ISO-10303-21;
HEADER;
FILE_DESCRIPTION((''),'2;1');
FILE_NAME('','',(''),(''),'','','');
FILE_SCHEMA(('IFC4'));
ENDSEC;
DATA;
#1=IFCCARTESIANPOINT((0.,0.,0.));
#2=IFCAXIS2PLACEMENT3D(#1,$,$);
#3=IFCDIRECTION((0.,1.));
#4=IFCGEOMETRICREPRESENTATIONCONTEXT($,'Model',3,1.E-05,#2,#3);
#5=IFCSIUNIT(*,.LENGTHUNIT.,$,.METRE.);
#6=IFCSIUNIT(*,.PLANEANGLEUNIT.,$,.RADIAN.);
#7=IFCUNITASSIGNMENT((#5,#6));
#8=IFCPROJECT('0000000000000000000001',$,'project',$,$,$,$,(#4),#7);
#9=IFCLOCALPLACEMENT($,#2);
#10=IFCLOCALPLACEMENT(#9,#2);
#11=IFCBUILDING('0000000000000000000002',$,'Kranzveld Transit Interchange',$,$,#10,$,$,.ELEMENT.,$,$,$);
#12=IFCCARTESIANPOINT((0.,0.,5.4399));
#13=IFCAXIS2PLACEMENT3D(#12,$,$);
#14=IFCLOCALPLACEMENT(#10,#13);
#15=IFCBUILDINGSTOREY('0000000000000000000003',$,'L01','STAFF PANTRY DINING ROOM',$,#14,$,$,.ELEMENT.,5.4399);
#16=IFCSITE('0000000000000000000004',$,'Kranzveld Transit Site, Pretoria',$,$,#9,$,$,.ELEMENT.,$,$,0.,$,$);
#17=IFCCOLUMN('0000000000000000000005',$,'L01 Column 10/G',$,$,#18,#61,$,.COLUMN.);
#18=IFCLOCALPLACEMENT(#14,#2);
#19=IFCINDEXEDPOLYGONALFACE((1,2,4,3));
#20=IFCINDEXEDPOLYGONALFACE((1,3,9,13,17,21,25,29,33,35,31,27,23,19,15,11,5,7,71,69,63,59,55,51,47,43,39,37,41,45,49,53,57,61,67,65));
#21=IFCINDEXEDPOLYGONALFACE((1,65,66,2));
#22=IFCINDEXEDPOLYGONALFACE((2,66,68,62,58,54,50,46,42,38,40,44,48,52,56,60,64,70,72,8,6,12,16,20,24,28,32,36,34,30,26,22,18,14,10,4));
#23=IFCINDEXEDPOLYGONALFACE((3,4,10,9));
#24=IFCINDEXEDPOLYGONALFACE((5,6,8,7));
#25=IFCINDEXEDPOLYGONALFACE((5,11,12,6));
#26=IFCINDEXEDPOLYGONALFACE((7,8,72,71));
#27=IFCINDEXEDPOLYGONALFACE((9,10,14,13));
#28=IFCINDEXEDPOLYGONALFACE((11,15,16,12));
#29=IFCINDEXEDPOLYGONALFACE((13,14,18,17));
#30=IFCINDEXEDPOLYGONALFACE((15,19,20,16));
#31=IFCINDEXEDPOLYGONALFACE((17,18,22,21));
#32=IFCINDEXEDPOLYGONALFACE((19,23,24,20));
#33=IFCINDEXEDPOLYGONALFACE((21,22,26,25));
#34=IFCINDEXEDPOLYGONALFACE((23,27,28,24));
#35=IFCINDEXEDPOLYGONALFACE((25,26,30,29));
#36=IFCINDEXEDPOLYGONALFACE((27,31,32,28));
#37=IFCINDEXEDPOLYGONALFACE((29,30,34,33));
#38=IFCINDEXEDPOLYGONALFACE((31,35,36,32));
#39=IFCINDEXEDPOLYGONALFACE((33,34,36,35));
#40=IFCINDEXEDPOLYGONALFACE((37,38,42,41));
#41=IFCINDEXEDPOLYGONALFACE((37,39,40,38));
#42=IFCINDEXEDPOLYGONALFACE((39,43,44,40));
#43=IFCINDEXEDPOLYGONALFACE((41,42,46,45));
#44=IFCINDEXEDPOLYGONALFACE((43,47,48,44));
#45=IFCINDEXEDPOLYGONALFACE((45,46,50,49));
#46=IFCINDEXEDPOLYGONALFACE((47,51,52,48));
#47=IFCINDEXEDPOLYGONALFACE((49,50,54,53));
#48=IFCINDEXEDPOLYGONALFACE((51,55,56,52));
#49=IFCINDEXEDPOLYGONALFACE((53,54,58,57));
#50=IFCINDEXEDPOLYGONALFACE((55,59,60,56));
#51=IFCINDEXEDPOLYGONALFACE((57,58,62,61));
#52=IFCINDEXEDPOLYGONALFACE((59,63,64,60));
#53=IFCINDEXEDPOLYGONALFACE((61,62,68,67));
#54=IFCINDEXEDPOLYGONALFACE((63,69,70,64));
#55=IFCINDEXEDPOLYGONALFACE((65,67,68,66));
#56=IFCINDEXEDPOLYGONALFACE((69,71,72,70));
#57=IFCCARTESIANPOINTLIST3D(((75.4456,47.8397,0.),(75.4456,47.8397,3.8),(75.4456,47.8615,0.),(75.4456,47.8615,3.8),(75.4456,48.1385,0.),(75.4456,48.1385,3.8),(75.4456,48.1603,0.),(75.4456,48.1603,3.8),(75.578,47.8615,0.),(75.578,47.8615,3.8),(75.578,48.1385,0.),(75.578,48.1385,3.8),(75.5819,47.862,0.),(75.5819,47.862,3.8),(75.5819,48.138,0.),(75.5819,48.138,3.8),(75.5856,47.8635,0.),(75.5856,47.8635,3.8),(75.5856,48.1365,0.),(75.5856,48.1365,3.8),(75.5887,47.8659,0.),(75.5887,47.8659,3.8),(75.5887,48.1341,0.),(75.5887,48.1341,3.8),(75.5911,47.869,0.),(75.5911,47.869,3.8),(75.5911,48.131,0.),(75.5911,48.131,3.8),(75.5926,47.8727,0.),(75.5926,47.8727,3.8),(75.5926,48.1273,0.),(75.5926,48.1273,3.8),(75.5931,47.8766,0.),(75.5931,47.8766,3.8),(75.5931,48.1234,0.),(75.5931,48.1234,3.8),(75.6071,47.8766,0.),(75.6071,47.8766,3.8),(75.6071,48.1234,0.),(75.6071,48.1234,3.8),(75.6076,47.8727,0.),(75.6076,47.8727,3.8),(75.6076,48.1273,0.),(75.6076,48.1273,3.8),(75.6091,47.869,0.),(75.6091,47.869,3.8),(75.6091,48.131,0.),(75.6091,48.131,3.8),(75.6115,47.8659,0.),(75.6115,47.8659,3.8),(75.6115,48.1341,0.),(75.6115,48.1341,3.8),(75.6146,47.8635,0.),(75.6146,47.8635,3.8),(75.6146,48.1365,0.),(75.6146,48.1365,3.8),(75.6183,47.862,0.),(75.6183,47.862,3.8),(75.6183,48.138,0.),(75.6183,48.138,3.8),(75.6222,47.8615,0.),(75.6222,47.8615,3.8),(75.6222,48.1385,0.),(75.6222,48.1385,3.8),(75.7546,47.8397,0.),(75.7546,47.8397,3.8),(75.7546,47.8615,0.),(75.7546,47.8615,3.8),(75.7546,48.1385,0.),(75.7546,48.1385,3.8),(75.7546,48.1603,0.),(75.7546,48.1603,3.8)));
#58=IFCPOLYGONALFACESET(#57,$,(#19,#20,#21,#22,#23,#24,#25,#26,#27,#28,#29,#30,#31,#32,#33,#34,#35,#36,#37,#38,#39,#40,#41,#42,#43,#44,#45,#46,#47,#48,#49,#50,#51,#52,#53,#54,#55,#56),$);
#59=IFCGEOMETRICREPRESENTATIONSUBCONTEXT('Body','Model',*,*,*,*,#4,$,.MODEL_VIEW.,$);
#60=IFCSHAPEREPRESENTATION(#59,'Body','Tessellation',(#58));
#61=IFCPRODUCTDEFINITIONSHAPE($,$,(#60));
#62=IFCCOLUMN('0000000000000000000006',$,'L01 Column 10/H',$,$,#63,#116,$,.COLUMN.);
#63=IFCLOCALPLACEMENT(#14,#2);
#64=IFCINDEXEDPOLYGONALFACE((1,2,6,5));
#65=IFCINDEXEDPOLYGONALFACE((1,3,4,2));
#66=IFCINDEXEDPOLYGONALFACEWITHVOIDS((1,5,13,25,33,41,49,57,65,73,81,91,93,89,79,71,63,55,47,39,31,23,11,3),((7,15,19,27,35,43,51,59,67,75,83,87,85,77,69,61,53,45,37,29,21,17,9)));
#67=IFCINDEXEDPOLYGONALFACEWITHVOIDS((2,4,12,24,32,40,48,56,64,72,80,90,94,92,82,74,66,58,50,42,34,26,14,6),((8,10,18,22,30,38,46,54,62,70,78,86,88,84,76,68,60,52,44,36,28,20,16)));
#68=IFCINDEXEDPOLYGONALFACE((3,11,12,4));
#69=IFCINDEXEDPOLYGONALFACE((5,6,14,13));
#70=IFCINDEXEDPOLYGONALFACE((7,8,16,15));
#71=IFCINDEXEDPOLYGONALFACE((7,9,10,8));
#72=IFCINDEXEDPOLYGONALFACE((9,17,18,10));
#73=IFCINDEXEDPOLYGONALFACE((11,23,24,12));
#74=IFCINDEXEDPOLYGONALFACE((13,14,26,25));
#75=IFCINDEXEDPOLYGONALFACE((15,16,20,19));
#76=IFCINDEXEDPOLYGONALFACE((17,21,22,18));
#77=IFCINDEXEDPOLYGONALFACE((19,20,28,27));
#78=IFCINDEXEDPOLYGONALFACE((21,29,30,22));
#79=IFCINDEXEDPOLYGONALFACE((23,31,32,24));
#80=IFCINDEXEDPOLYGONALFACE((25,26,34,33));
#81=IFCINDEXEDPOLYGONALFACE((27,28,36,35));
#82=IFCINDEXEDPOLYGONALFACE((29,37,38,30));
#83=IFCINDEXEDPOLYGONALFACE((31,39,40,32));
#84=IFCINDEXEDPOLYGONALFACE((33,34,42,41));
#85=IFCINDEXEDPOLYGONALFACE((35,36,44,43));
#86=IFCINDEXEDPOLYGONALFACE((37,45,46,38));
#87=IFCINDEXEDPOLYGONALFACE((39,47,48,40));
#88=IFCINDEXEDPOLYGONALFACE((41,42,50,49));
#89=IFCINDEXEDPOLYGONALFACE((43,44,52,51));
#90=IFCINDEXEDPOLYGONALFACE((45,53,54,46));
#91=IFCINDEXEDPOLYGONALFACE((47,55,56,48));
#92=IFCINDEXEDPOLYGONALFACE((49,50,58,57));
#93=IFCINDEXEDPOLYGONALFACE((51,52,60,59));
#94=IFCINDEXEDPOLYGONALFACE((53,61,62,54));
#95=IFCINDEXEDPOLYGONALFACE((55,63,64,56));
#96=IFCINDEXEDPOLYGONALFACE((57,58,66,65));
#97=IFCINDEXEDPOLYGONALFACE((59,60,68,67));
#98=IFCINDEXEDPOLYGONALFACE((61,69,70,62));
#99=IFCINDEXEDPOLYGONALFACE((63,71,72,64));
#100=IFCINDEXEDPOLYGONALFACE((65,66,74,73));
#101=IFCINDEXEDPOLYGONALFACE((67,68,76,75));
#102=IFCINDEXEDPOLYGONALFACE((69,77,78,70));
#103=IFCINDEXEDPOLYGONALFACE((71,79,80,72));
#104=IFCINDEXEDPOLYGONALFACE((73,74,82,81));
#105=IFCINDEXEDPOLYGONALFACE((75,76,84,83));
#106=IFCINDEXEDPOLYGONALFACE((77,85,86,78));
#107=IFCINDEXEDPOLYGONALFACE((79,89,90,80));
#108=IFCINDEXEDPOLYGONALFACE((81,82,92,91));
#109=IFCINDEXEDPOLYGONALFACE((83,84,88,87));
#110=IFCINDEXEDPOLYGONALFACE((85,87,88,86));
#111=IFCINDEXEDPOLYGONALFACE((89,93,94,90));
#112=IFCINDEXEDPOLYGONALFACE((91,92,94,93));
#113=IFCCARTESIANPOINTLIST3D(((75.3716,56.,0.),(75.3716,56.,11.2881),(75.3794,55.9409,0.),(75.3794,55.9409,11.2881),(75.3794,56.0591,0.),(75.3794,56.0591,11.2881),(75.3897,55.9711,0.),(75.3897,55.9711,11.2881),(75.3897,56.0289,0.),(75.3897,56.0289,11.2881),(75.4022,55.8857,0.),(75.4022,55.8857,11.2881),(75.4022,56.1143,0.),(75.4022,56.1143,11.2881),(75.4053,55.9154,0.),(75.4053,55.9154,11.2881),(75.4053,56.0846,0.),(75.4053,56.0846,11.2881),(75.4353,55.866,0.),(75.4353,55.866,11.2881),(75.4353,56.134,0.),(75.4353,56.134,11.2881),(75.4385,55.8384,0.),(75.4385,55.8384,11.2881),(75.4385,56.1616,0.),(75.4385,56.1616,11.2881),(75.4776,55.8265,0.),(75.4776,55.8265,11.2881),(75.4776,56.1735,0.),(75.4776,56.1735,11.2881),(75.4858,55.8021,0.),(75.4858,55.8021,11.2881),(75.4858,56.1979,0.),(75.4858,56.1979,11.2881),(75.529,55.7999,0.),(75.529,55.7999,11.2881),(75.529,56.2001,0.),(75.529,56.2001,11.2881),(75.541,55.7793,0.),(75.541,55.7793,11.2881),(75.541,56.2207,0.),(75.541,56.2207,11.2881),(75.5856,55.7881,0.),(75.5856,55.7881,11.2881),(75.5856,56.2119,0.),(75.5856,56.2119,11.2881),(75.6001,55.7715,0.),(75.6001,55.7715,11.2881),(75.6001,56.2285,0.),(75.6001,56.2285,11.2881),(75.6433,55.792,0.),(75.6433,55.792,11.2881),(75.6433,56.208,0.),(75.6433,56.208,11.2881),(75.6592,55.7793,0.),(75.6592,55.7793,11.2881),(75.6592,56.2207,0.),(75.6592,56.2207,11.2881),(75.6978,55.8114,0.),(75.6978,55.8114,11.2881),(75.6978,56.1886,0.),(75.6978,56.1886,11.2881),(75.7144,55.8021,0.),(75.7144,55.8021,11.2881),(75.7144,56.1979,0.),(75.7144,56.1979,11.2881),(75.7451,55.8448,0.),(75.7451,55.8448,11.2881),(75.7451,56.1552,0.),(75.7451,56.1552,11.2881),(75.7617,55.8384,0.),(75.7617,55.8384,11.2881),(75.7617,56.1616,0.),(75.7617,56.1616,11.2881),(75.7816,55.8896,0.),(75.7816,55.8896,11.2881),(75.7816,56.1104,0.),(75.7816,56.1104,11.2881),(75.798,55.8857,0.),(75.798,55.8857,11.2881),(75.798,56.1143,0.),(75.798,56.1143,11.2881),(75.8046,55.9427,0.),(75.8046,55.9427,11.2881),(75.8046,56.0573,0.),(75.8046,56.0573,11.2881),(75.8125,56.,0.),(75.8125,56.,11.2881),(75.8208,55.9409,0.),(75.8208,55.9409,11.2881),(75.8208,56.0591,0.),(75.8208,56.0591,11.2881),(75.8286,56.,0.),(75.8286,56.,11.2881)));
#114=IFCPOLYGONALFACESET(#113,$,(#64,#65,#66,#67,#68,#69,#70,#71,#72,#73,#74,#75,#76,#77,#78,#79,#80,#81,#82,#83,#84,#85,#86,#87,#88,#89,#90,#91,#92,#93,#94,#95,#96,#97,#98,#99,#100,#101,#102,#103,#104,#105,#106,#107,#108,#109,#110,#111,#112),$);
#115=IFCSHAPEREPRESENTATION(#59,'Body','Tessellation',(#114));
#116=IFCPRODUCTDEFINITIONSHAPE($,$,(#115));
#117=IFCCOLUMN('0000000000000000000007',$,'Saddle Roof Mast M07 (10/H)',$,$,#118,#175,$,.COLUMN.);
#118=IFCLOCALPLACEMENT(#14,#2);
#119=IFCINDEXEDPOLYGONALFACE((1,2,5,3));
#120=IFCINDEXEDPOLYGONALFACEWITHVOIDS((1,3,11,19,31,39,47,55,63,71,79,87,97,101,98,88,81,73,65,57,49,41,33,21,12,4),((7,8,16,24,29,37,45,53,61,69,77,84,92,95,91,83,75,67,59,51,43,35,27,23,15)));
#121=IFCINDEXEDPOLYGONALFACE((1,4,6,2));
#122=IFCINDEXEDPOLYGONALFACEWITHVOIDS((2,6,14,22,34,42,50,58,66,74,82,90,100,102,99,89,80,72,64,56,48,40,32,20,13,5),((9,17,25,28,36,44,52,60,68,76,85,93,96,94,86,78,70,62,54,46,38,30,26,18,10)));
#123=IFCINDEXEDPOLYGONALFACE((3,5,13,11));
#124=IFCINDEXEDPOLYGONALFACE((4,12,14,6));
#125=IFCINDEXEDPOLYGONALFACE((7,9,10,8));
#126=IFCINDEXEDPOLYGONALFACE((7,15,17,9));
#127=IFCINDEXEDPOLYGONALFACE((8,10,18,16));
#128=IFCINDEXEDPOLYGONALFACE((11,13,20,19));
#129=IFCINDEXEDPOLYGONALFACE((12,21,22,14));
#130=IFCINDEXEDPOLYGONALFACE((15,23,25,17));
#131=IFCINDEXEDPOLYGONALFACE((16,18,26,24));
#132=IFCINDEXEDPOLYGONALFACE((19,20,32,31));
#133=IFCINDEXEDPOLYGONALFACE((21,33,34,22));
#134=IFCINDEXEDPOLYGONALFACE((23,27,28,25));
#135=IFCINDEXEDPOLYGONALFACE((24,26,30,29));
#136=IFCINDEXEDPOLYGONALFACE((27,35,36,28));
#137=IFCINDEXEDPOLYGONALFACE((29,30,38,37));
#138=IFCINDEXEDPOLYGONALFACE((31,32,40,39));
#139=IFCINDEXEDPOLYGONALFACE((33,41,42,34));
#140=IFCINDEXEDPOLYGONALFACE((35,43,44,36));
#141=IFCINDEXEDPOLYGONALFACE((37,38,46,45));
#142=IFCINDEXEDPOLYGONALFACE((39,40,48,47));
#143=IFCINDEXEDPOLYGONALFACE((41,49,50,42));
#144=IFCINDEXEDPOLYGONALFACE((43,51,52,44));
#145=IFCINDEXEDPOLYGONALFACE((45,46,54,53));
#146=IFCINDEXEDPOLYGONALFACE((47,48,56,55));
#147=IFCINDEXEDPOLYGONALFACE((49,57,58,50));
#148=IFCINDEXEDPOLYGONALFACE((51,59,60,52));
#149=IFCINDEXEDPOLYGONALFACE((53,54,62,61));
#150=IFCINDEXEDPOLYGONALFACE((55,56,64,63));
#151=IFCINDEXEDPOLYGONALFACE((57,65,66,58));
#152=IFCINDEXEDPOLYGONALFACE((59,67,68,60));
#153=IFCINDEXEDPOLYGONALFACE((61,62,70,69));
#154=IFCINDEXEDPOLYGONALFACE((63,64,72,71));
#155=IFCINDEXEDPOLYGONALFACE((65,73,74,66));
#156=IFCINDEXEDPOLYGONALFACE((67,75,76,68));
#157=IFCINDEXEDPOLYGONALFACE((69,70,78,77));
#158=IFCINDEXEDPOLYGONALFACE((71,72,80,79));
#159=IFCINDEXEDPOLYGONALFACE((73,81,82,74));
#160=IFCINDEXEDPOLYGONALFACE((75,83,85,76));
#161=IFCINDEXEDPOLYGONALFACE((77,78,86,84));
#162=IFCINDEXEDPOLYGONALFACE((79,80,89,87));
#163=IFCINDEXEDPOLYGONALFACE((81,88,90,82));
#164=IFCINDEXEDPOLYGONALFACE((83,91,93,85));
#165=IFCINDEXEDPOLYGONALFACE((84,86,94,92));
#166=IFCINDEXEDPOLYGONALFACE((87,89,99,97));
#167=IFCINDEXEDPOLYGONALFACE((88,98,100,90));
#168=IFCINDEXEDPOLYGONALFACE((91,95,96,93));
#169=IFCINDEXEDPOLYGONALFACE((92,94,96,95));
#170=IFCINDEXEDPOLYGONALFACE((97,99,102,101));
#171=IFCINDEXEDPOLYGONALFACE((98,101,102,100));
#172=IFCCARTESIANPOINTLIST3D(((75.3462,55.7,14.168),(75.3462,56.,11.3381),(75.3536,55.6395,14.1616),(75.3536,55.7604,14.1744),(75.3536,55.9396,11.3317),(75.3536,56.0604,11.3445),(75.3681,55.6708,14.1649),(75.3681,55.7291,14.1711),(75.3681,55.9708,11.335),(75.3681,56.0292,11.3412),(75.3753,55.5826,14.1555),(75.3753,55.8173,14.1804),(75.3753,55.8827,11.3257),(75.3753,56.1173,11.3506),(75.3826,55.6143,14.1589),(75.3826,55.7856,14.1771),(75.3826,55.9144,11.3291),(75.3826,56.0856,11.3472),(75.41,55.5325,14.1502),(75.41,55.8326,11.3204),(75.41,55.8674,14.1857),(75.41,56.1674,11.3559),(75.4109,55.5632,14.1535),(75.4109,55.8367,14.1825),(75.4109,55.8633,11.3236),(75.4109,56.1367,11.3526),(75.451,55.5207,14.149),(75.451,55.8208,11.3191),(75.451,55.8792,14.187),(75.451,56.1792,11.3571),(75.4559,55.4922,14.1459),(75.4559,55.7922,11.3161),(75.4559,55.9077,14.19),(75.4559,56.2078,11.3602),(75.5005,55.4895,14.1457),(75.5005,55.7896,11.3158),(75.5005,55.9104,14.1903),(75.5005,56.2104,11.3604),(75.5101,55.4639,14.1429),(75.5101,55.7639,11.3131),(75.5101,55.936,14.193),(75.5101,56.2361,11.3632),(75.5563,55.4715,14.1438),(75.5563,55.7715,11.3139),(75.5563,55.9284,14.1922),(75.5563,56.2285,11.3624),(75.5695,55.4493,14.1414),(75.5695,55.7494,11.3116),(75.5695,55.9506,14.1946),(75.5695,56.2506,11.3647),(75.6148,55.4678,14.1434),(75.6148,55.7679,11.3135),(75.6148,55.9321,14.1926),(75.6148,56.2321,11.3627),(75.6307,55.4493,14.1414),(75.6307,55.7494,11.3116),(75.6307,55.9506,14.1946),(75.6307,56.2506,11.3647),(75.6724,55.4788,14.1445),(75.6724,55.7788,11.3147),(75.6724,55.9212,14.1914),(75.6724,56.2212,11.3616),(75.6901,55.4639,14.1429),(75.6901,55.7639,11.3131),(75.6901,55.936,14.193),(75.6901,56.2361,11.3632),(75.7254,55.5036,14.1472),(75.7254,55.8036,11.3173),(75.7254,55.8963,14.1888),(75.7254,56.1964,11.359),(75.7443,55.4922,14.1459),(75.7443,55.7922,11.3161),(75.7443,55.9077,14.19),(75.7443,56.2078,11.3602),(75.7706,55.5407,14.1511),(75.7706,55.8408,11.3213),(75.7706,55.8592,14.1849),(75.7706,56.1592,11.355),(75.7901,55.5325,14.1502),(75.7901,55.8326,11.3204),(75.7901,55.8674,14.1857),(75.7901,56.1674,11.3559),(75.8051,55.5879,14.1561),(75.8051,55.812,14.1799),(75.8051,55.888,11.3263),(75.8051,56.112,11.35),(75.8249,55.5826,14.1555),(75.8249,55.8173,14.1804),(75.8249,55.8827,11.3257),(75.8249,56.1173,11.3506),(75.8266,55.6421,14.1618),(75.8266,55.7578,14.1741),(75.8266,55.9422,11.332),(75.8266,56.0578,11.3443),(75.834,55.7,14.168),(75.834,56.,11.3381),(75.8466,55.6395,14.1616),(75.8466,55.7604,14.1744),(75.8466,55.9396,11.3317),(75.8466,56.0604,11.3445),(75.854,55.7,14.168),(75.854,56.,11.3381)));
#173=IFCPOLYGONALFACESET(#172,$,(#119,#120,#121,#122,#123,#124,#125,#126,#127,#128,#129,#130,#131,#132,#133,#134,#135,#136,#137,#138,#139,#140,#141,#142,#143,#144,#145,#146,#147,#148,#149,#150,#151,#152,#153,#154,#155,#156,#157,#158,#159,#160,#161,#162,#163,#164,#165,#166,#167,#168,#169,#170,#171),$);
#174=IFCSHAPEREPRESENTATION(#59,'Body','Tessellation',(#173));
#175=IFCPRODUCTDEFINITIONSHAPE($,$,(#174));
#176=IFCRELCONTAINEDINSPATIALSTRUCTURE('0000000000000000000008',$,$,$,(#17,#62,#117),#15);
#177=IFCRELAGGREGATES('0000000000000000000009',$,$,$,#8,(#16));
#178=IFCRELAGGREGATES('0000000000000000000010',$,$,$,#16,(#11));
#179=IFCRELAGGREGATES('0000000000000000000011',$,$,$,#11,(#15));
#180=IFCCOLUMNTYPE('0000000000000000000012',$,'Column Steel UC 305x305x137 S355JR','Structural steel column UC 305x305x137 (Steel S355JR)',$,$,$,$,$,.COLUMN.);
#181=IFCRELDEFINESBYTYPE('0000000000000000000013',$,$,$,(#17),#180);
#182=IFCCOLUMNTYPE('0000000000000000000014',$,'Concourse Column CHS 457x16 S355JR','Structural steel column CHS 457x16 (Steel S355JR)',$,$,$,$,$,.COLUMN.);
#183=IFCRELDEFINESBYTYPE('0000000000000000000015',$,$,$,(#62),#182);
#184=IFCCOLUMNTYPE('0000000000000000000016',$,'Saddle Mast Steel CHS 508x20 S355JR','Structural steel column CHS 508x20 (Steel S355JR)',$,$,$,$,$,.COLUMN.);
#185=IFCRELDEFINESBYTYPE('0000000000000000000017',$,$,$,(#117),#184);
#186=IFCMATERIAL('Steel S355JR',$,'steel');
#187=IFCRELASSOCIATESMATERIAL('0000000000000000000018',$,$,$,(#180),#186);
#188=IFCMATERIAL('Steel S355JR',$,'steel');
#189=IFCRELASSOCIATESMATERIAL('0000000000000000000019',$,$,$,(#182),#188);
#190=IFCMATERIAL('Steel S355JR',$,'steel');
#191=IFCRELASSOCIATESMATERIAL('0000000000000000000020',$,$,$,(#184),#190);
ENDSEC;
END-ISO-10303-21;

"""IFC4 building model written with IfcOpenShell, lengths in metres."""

from ifc_helpers import new_model, si_unit, direction, frame, origin, origin_2d, place, context, subcontext, project, spatial, hollow_circle, i_section, extrude, material, material_profile, profile_set, type_object, element, save


model = new_model("IFC4")

# Units and contexts
model_context = context("Model", 3, precision=1e-05, world=origin(), true_north=direction((0.0, 1.0)))
body_context = subcontext(model_context, "Body", "Model", "MODEL_VIEW")
ifc_project = project(units=[si_unit("LENGTHUNIT", "METRE"), si_unit("PLANEANGLEUNIT", "RADIAN")], contexts=[model_context])

# Site, building, storey
site_placement = place(None, origin())
site = spatial("IfcSite", under=ifc_project, at=site_placement, Name="Kranzveld Transit Site, Pretoria", CompositionType="ELEMENT", RefElevation=0.0)
building_placement = place(site_placement, origin())
building = spatial("IfcBuilding", under=site, at=building_placement, Name="Kranzveld Transit Interchange", CompositionType="ELEMENT")
storey_placement = place(building_placement, frame((0.0, 0.0, 5.4399)))
storey = spatial("IfcBuildingStorey", under=building, at=storey_placement, Name="L01", Description="STAFF PANTRY DINING ROOM", CompositionType="ELEMENT", Elevation=5.4399)

# Columns
ifc_material_1 = material(Name="Steel S355JR", Category="steel")
ifc_material_profile_1 = material_profile(ifc_material_1, i_section(OverallWidth=0.3091, OverallDepth=0.3206, WebThickness=0.0139, FlangeThickness=0.0217, FilletRadius=0.0151, at=origin_2d()), Name="UC 305x305x137")
ifc_profile_set_1 = profile_set([ifc_material_profile_1], Name="Steel S355JR")
column_type_1 = type_object("IfcColumnType", Name="Column Steel UC 305x305x137 S355JR", Description="Structural steel column UC 305x305x137 (Steel S355JR)", PredefinedType="COLUMN", material=ifc_profile_set_1)
column_1_placement = place(storey_placement, frame((75.6001, 48.0, 0.0), z_axis=(0.0, 0.0, 1.0), x_axis=(1.0, 0.0, 0.0)))
element("IfcColumn", 1, at=column_1_placement, inside=storey, type_object=column_type_1, Name="L01 Column 10/G", PredefinedType="COLUMN", context=body_context, shape_type="SweptSolid", body=[
    extrude(i_section(OverallWidth=0.3091, OverallDepth=0.3206, WebThickness=0.0139, FlangeThickness=0.0217, FilletRadius=0.0151, at=origin_2d()), origin(), (0.0, 0.0, 1.0), 3.8),
])
ifc_material_2 = material(Name="Steel S355JR", Category="steel")
ifc_material_profile_2 = material_profile(ifc_material_2, hollow_circle(Radius=0.2285, WallThickness=0.0161, at=origin_2d()), Name="CHS 457x16")
ifc_profile_set_2 = profile_set([ifc_material_profile_2], Name="Steel S355JR")
column_type_2 = type_object("IfcColumnType", Name="Concourse Column CHS 457x16 S355JR", Description="Structural steel column CHS 457x16 (Steel S355JR)", PredefinedType="COLUMN", material=ifc_profile_set_2)
column_2_placement = place(storey_placement, frame((75.6001, 56.0, 0.0), z_axis=(0.0, 0.0, 1.0), x_axis=(1.0, 0.0, 0.0)))
element("IfcColumn", 2, at=column_2_placement, inside=storey, type_object=column_type_2, Name="L01 Column 10/H", PredefinedType="COLUMN", context=body_context, shape_type="SweptSolid", body=[
    extrude(hollow_circle(Radius=0.2285, WallThickness=0.0161, at=origin_2d()), origin(), (0.0, 0.0, 1.0), 11.2881),
])
ifc_material_3 = material(Name="Steel S355JR", Category="steel")
ifc_material_profile_3 = material_profile(ifc_material_3, hollow_circle(Radius=0.2539, WallThickness=0.02, at=origin_2d()), Name="CHS 508x20")
ifc_profile_set_3 = profile_set([ifc_material_profile_3], Name="Steel S355JR")
column_type_3 = type_object("IfcColumnType", Name="Saddle Mast Steel CHS 508x20 S355JR", Description="Structural steel column CHS 508x20 (Steel S355JR)", PredefinedType="COLUMN", material=ifc_profile_set_3)
column_3_placement = place(storey_placement, frame((75.6001, 56.0, 11.3381), z_axis=(0.0, -0.105439, 0.994426), x_axis=(1.0, 0.0, 0.0)))
element("IfcColumn", 3, at=column_3_placement, inside=storey, type_object=column_type_3, Name="Saddle Roof Mast M07 (10/H)", PredefinedType="COLUMN", context=body_context, shape_type="SweptSolid", body=[
    extrude(hollow_circle(Radius=0.2539, WallThickness=0.02, at=origin_2d()), origin(), (0.0, 0.0, 1.0), 2.8457),
])

save(model, "model.ifc")
